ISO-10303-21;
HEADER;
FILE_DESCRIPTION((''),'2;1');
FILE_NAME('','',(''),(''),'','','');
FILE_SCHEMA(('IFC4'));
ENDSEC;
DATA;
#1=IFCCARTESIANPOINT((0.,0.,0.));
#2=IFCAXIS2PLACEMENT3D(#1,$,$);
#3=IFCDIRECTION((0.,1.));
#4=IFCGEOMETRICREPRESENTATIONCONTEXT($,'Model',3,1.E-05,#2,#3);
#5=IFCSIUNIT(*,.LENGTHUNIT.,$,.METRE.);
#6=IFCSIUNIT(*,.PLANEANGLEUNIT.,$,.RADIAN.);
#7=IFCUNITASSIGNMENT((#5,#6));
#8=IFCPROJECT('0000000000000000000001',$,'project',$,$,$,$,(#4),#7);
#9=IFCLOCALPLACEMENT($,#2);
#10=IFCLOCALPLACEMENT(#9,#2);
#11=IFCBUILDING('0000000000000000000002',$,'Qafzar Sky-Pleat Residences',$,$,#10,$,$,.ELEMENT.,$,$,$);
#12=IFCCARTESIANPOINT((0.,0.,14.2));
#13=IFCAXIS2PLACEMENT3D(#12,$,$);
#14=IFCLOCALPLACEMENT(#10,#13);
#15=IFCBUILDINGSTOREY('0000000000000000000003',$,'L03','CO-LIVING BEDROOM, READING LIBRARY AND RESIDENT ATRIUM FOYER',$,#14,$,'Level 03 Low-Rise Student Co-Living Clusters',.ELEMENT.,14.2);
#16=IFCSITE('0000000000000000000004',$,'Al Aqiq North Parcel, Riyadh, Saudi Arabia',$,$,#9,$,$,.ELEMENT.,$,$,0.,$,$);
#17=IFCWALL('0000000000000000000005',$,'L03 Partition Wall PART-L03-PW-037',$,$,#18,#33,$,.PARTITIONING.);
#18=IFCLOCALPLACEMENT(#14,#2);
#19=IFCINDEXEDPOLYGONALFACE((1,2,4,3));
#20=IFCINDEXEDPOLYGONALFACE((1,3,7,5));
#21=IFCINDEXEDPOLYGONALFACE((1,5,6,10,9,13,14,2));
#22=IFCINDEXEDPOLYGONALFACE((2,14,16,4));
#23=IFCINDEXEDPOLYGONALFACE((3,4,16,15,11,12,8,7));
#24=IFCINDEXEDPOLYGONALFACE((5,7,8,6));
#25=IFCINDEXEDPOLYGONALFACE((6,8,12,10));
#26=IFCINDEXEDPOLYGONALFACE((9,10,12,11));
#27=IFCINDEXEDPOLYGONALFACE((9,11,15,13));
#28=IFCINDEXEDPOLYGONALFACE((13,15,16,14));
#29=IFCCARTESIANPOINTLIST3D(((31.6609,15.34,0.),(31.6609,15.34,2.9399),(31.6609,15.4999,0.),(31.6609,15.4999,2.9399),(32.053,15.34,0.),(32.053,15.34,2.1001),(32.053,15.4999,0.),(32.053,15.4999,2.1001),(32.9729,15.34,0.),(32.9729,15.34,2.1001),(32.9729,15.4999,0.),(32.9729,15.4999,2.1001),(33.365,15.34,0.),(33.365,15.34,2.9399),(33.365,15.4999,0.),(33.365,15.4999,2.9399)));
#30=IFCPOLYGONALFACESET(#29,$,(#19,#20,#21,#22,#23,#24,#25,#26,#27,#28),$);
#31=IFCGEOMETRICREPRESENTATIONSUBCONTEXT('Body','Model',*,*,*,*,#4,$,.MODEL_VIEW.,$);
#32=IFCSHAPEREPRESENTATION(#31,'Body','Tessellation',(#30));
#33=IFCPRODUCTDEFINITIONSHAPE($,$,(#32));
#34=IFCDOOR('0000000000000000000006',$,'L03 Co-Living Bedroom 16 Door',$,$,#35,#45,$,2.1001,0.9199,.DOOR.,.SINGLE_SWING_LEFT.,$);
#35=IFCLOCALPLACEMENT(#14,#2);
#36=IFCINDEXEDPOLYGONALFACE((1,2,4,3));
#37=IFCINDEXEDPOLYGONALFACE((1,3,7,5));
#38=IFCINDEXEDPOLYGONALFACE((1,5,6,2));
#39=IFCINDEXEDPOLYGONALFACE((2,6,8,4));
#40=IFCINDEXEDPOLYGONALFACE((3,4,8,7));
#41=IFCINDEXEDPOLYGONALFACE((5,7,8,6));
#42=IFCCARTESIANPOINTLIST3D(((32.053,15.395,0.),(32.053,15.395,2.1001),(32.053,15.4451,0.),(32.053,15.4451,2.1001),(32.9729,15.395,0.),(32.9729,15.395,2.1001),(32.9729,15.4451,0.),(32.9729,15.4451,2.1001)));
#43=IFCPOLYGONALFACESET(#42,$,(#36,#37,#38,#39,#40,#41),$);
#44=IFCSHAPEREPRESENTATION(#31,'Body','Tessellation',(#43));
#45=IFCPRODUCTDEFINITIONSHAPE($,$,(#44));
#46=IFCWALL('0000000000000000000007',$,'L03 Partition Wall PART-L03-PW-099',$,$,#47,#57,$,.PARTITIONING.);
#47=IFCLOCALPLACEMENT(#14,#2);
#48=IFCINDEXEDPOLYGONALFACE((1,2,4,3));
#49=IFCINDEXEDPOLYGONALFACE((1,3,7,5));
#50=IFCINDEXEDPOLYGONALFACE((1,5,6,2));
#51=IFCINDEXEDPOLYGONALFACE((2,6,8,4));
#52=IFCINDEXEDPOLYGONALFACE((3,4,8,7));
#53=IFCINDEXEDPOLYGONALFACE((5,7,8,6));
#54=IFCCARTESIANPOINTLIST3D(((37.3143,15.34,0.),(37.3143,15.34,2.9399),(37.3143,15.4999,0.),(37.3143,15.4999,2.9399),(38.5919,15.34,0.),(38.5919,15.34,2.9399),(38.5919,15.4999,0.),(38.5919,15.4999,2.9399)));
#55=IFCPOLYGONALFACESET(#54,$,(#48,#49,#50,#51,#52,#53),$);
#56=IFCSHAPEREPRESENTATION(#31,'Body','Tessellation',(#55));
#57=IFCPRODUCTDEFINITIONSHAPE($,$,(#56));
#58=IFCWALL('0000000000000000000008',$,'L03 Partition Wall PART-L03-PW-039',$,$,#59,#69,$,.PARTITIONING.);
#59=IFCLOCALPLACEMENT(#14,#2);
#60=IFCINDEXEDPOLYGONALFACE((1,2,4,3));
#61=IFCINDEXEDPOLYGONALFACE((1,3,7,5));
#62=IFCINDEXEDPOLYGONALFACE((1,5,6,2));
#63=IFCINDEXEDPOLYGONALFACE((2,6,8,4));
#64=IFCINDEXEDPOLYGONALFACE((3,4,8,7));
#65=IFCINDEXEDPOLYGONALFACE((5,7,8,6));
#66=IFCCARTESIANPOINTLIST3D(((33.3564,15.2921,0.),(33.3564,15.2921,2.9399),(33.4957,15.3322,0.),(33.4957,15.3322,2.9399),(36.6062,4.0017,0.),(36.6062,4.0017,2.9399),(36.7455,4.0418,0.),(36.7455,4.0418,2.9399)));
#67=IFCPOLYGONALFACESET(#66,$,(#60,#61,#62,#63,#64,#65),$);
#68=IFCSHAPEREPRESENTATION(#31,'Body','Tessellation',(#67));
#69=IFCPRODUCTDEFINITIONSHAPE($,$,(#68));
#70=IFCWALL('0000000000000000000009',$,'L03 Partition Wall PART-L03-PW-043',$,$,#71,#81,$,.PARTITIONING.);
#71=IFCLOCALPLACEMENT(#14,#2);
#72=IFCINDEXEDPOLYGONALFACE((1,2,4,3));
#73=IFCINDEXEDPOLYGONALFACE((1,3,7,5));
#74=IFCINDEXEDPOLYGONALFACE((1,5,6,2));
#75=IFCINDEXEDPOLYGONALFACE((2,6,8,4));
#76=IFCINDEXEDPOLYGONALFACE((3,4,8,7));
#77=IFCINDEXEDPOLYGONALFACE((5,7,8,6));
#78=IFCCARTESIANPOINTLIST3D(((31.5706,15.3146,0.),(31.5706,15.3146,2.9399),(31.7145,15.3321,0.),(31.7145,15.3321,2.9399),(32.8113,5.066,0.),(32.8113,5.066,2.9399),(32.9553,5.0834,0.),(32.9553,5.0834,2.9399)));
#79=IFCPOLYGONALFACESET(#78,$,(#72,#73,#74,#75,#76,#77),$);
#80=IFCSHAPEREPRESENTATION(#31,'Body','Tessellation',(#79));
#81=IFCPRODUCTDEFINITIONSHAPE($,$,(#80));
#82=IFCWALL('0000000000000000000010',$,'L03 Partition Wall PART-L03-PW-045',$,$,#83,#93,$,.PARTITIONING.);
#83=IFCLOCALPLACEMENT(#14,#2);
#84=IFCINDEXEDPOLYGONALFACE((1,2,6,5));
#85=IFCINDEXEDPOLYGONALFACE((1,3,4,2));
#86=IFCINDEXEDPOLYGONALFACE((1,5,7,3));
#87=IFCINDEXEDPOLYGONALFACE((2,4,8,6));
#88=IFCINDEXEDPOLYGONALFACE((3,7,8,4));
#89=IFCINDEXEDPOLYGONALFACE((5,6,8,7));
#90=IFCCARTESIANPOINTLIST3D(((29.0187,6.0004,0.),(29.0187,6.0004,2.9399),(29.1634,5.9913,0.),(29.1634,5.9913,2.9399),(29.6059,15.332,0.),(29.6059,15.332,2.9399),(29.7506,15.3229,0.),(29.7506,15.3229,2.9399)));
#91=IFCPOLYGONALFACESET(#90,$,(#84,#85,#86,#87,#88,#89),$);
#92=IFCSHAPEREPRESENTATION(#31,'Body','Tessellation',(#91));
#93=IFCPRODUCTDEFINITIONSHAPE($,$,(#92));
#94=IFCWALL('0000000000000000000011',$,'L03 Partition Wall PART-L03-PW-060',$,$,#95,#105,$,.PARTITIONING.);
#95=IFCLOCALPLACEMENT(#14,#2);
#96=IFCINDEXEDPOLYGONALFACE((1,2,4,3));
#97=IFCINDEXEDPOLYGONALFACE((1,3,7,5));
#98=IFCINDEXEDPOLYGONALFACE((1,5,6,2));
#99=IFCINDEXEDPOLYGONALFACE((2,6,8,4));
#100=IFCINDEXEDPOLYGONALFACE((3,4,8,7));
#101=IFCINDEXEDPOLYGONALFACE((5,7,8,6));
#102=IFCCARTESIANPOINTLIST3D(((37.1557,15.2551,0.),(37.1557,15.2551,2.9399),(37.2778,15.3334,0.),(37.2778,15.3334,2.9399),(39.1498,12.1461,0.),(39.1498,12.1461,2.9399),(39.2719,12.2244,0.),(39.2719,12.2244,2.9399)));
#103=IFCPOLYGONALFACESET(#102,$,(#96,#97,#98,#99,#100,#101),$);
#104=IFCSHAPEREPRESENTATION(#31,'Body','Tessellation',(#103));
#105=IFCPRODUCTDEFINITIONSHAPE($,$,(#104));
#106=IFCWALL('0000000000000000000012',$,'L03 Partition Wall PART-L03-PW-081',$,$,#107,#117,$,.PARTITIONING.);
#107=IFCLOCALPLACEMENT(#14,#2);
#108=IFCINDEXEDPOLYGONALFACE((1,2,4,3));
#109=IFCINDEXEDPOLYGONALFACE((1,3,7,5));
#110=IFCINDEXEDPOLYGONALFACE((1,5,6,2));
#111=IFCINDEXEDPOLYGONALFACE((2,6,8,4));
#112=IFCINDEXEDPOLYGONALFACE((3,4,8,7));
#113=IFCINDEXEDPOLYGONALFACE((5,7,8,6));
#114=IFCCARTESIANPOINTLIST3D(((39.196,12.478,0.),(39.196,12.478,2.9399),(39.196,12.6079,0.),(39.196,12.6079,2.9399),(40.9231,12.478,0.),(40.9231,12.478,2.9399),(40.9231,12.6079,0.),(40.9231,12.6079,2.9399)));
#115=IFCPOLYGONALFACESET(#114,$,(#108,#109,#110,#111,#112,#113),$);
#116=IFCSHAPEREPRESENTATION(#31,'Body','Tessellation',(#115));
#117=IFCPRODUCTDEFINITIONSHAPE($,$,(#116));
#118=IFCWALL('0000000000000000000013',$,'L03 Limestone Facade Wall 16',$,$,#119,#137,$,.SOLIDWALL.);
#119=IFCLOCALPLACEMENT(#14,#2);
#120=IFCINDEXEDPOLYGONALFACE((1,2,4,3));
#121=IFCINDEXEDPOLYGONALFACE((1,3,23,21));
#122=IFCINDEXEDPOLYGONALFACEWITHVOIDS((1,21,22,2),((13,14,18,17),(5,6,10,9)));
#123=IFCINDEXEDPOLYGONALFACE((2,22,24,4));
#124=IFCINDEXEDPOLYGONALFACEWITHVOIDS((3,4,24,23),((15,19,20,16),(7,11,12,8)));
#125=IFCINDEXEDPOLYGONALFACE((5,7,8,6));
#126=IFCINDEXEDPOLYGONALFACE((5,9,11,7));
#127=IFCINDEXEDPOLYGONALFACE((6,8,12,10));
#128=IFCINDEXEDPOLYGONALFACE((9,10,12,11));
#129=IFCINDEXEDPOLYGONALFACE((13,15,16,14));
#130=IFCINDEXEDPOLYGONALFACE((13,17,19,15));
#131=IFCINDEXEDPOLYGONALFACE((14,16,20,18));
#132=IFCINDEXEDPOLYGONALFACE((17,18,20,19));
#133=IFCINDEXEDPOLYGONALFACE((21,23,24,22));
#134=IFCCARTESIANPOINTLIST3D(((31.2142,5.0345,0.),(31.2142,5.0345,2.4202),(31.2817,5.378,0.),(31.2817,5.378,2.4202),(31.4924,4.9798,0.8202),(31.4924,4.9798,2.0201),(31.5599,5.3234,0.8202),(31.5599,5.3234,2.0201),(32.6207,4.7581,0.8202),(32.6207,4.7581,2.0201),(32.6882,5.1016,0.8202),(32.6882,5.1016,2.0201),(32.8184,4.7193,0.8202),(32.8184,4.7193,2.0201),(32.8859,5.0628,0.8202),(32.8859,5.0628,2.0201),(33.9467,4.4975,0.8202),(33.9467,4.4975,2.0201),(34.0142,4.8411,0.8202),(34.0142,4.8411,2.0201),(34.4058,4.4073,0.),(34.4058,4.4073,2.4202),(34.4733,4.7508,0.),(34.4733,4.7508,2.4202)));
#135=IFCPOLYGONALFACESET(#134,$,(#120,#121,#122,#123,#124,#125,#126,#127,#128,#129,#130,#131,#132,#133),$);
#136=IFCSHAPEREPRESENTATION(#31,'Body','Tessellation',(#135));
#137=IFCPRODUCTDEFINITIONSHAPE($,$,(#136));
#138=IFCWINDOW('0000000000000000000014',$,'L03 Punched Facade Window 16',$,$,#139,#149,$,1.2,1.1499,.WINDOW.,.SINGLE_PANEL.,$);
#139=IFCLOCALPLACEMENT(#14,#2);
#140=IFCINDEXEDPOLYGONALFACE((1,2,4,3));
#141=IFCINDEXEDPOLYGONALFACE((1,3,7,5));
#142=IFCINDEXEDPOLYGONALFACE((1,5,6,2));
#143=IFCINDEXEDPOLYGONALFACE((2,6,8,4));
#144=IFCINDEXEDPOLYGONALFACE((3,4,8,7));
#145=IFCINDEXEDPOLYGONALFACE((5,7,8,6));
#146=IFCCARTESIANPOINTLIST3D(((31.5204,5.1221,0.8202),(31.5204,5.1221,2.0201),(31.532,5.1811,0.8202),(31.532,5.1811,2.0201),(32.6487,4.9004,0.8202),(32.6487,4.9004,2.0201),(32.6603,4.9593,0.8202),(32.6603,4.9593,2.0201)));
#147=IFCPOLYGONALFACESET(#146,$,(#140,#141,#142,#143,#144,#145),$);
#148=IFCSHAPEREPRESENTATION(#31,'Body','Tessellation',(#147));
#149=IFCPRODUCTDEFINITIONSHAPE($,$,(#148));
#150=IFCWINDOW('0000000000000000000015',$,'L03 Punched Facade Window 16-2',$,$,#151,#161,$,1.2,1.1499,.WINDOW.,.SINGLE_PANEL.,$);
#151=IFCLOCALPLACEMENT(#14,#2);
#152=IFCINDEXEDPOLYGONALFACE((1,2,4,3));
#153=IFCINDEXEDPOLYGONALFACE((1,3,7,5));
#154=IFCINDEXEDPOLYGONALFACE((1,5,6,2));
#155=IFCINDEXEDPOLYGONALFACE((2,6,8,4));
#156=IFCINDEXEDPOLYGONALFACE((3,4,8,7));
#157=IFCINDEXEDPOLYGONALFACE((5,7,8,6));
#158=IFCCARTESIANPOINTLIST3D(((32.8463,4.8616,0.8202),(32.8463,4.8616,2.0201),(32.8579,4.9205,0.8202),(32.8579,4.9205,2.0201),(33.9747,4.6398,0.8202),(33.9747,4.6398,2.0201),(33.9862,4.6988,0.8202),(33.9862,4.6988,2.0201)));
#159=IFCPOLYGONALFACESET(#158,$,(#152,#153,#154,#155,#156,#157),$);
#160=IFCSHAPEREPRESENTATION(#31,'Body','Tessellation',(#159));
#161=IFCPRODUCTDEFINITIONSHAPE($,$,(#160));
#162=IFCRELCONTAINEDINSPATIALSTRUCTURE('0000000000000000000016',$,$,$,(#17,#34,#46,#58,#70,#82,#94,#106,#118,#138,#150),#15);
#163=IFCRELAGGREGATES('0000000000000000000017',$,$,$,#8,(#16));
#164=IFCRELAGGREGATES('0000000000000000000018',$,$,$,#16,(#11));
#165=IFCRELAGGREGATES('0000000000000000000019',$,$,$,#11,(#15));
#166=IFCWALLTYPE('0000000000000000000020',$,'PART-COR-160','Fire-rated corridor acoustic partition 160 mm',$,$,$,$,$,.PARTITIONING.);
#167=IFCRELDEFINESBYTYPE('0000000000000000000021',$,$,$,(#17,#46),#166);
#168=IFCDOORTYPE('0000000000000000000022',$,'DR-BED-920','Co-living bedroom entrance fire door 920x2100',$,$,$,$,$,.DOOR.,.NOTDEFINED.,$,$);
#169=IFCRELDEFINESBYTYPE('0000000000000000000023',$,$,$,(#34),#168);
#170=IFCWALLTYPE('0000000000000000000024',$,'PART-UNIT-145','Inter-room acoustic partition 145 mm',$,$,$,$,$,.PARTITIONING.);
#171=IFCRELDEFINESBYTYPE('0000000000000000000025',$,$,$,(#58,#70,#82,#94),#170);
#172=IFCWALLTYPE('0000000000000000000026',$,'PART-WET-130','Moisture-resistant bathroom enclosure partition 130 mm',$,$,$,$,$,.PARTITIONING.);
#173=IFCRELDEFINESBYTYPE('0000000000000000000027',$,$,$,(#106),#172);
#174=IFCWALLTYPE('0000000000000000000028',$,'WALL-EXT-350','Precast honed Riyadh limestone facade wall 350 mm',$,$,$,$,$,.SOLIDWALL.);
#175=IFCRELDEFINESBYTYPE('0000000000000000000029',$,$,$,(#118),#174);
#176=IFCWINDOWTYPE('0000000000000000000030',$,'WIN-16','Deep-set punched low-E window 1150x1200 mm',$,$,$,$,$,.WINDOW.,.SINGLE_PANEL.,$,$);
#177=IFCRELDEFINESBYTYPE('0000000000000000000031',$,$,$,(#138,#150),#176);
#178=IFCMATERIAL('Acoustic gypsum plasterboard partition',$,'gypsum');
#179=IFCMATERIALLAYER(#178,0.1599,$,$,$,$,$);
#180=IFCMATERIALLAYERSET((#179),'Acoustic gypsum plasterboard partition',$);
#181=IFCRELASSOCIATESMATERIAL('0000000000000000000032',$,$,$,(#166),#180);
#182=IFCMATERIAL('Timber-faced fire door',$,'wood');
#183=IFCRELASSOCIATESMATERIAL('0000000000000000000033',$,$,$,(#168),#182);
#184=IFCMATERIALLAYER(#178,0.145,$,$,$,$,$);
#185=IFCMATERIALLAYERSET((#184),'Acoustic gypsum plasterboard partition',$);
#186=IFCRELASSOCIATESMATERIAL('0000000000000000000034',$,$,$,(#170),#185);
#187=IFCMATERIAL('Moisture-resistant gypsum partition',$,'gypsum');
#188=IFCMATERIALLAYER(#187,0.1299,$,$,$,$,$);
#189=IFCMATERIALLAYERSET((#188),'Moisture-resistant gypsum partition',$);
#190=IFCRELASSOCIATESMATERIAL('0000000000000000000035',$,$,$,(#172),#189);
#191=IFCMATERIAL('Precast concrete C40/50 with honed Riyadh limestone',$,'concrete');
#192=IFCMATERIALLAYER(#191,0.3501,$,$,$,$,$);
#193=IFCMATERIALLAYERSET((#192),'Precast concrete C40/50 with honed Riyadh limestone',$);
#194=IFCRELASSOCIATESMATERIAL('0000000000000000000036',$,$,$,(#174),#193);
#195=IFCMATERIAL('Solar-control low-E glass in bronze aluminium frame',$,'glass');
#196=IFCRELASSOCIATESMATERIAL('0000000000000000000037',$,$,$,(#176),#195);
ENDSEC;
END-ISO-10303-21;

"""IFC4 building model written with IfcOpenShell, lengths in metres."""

from ifc_helpers import new_model, si_unit, direction, frame, frame_2d, origin, place, context, subcontext, project, spatial, rectangle, extrude, source, transform, mapped, material, layer, layer_set, type_object, element, fill, save


model = new_model("IFC4")

# Units and contexts
model_context = context("Model", 3, precision=1e-05, world=origin(), true_north=direction((0.0, 1.0)))
body_context = subcontext(model_context, "Body", "Model", "MODEL_VIEW")
ifc_project = project(units=[si_unit("LENGTHUNIT", "METRE"), si_unit("PLANEANGLEUNIT", "RADIAN")], contexts=[model_context])

# Site, building, storey
site_placement = place(None, origin())
site = spatial("IfcSite", under=ifc_project, at=site_placement, Name="Al Aqiq North Parcel, Riyadh, Saudi Arabia", CompositionType="ELEMENT", RefElevation=0.0)
building_placement = place(site_placement, origin())
building = spatial("IfcBuilding", under=site, at=building_placement, Name="Qafzar Sky-Pleat Residences", CompositionType="ELEMENT")
storey_placement = place(building_placement, frame((0.0, 0.0, 14.2)))
storey = spatial("IfcBuildingStorey", under=building, at=storey_placement, Name="L03", Description="CO-LIVING BEDROOM, READING LIBRARY AND RESIDENT ATRIUM FOYER", LongName="Level 03 Low-Rise Student Co-Living Clusters", CompositionType="ELEMENT", Elevation=14.2)

# Wall, opening, door
ifc_material_1 = material(Name="Acoustic gypsum plasterboard partition", Category="gypsum")
ifc_layer_1 = layer(ifc_material_1, 0.1599)
ifc_layer_set_1 = layer_set([ifc_layer_1], Name="Acoustic gypsum plasterboard partition")
wall_type_1 = type_object("IfcWallType", Name="PART-COR-160", Description="Fire-rated corridor acoustic partition 160 mm", PredefinedType="PARTITIONING", material=ifc_layer_set_1)
ifc_material_2 = material(Name="Timber-faced fire door", Category="wood")
door_type_1 = type_object("IfcDoorType", Name="DR-BED-920", Description="Co-living bedroom entrance fire door 920x2100", OperationType="NOTDEFINED", PredefinedType="DOOR", material=ifc_material_2)
shared_shape_1 = source(origin(), body_context, "Body", "SweptSolid", [
    extrude(rectangle(XDim=0.9199, YDim=2.1001, at=frame_2d((0.46, 1.05))), frame((0.0, 0.0249, 0.0), z_axis=(0.0, -1.0, 0.0), x_axis=(1.0, 0.0, 0.0)), (0.0, 0.0, 1.0), 0.05),
])
wall_1_placement = place(storey_placement, frame((33.365, 15.4199, 0.0), z_axis=(0.0, 0.0, 1.0), x_axis=(-1.0, 0.0, 0.0)))
wall_1 = element("IfcWall", 1, at=wall_1_placement, inside=storey, type_object=wall_type_1, Name="L03 Partition Wall PART-L03-PW-037", PredefinedType="PARTITIONING", context=body_context, shape_type="SweptSolid", body=[
    extrude(rectangle(XDim=1.7041, YDim=0.1599, at=frame_2d((0.8521, 0.0))), origin(), (0.0, 0.0, 1.0), 2.9399),
])
opening_1_placement = place(wall_1_placement, frame((0.3921, 0.0, 0.0)))
opening_1 = element("IfcOpeningElement", 2, at=opening_1_placement, cuts=wall_1, PredefinedType="OPENING", context=body_context, shape_type="SweptSolid", body=[
    extrude(rectangle(XDim=0.9199, YDim=2.1001, at=frame_2d((0.46, 1.05))), frame((0.0, 0.0898, 0.0), z_axis=(0.0, -1.0, 0.0), x_axis=(1.0, 0.0, 0.0)), (0.0, 0.0, 1.0), 0.1799),
])
door_1_placement = place(opening_1_placement, origin())
door_1 = element("IfcDoor", 3, at=door_1_placement, inside=storey, type_object=door_type_1, Name="L03 Co-Living Bedroom 16 Door", OperationType="SINGLE_SWING_LEFT", OverallHeight=2.1001, OverallWidth=0.9199, PredefinedType="DOOR", context=body_context, shape_type="MappedRepresentation", body=[
    mapped(shared_shape_1, transform((0.0, 0.0, 0.0), x_axis=(1.0, 0.0, 0.0), y_axis=(0.0, 1.0, 0.0), z_axis=(0.0, 0.0, 1.0), scale=1.0)),
])
fill(opening_1, door_1)

# Walls
wall_2_placement = place(storey_placement, frame((37.3145, 15.4199, 0.0), z_axis=(0.0, 0.0, 1.0), x_axis=(1.0, 0.0, 0.0)))
element("IfcWall", 4, at=wall_2_placement, inside=storey, type_object=wall_type_1, Name="L03 Partition Wall PART-L03-PW-099", PredefinedType="PARTITIONING", context=body_context, shape_type="SweptSolid", body=[
    extrude(rectangle(XDim=1.2776, YDim=0.1599, at=frame_2d((0.6387, 0.0))), origin(), (0.0, 0.0, 1.0), 2.9399),
])
ifc_layer_2 = layer(ifc_material_1, 0.145)
ifc_layer_set_2 = layer_set([ifc_layer_2], Name="Acoustic gypsum plasterboard partition")
wall_type_2 = type_object("IfcWallType", Name="PART-UNIT-145", Description="Inter-room acoustic partition 145 mm", PredefinedType="PARTITIONING", material=ifc_layer_set_2)
wall_3_placement = place(storey_placement, frame((33.426, 15.3123, 0.0), z_axis=(0.0, 0.0, 1.0), x_axis=(0.276606, -0.960983, 0.0)))
element("IfcWall", 5, at=wall_3_placement, inside=storey, type_object=wall_type_2, Name="L03 Partition Wall PART-L03-PW-039", PredefinedType="PARTITIONING", context=body_context, shape_type="SweptSolid", body=[
    extrude(rectangle(XDim=11.7488, YDim=0.145, at=frame_2d((5.8745, 0.0))), origin(), (0.0, 0.0, 1.0), 2.9399),
])
wall_4_placement = place(storey_placement, frame((31.6426, 15.3232, 0.0), z_axis=(0.0, 0.0, 1.0), x_axis=(0.120186, -0.992751, 0.0)))
element("IfcWall", 6, at=wall_4_placement, inside=storey, type_object=wall_type_2, Name="L03 Partition Wall PART-L03-PW-043", PredefinedType="PARTITIONING", context=body_context, shape_type="SweptSolid", body=[
    extrude(rectangle(XDim=10.3235, YDim=0.145, at=frame_2d((5.1616, 0.0))), origin(), (0.0, 0.0, 1.0), 2.9399),
])
wall_5_placement = place(storey_placement, frame((29.0911, 5.9958, 0.0), z_axis=(0.0, 0.0, 1.0), x_axis=(0.062798, 0.998026, 0.0)))
element("IfcWall", 7, at=wall_5_placement, inside=storey, type_object=wall_type_2, Name="L03 Partition Wall PART-L03-PW-045", PredefinedType="PARTITIONING", context=body_context, shape_type="SweptSolid", body=[
    extrude(rectangle(XDim=9.3501, YDim=0.145, at=frame_2d((4.675, 0.0))), origin(), (0.0, 0.0, 1.0), 2.9399),
])
wall_6_placement = place(storey_placement, frame((37.2168, 15.2942, 0.0), z_axis=(0.0, 0.0, 1.0), x_axis=(0.539879, -0.841743, 0.0)))
element("IfcWall", 8, at=wall_6_placement, inside=storey, type_object=wall_type_2, Name="L03 Partition Wall PART-L03-PW-060", PredefinedType="PARTITIONING", context=body_context, shape_type="SweptSolid", body=[
    extrude(rectangle(XDim=3.6936, YDim=0.145, at=frame_2d((1.8467, 0.0))), origin(), (0.0, 0.0, 1.0), 2.9399),
])
ifc_material_3 = material(Name="Moisture-resistant gypsum partition", Category="gypsum")
ifc_layer_3 = layer(ifc_material_3, 0.1299)
ifc_layer_set_3 = layer_set([ifc_layer_3], Name="Moisture-resistant gypsum partition")
wall_type_3 = type_object("IfcWallType", Name="PART-WET-130", Description="Moisture-resistant bathroom enclosure partition 130 mm", PredefinedType="PARTITIONING", material=ifc_layer_set_3)
wall_7_placement = place(storey_placement, frame((39.196, 12.543, 0.0), z_axis=(0.0, 0.0, 1.0), x_axis=(1.0, 0.0, 0.0)))
element("IfcWall", 9, at=wall_7_placement, inside=storey, type_object=wall_type_3, Name="L03 Partition Wall PART-L03-PW-081", PredefinedType="PARTITIONING", context=body_context, shape_type="SweptSolid", body=[
    extrude(rectangle(XDim=1.7271, YDim=0.1299, at=frame_2d((0.8635, 0.0))), origin(), (0.0, 0.0, 1.0), 2.9399),
])

# Wall, openings, windows
ifc_material_4 = material(Name="Precast concrete C40/50 with honed Riyadh limestone", Category="concrete")
ifc_layer_4 = layer(ifc_material_4, 0.3501)
ifc_layer_set_4 = layer_set([ifc_layer_4], Name="Precast concrete C40/50 with honed Riyadh limestone")
wall_type_4 = type_object("IfcWallType", Name="WALL-EXT-350", Description="Precast honed Riyadh limestone facade wall 350 mm", PredefinedType="SOLIDWALL", material=ifc_layer_set_4)
wall_8_placement = place(storey_placement, frame((31.2478, 5.2063, 0.0), z_axis=(0.0, 0.0, 1.0), x_axis=(0.981233, -0.192824, 0.0)))
wall_8 = element("IfcWall", 10, at=wall_8_placement, inside=storey, type_object=wall_type_4, Name="L03 Limestone Facade Wall 16", PredefinedType="SOLIDWALL", context=body_context, shape_type="SweptSolid", body=[
    extrude(rectangle(XDim=3.2527, YDim=0.3501, at=frame_2d((1.6265, 0.0))), origin(), (0.0, 0.0, 1.0), 2.4202),
])
opening_2_placement = place(wall_8_placement, frame((0.2837, 0.0, 0.8201)))
opening_2 = element("IfcOpeningElement", 11, at=opening_2_placement, cuts=wall_8, PredefinedType="OPENING", context=body_context, shape_type="SweptSolid", body=[
    extrude(rectangle(XDim=1.1499, YDim=1.2, at=frame_2d((0.575, 0.6001))), frame((0.0, 0.1851, 0.0), z_axis=(0.0, -1.0, 0.0), x_axis=(1.0, 0.0, 0.0)), (0.0, 0.0, 1.0), 0.3701),
])
opening_3_placement = place(wall_8_placement, frame((1.635, 0.0, 0.8201)))
opening_3 = element("IfcOpeningElement", 12, at=opening_3_placement, cuts=wall_8, PredefinedType="OPENING", context=body_context, shape_type="SweptSolid", body=[
    extrude(rectangle(XDim=1.1499, YDim=1.2, at=frame_2d((0.575, 0.6001))), frame((0.0, 0.1851, 0.0), z_axis=(0.0, -1.0, 0.0), x_axis=(1.0, 0.0, 0.0)), (0.0, 0.0, 1.0), 0.3701),
])
ifc_material_5 = material(Name="Solar-control low-E glass in bronze aluminium frame", Category="glass")
window_type_1 = type_object("IfcWindowType", Name="WIN-16", Description="Deep-set punched low-E window 1150x1200 mm", PartitioningType="SINGLE_PANEL", PredefinedType="WINDOW", material=ifc_material_5)
shared_shape_2 = source(origin(), body_context, "Body", "SweptSolid", [
    extrude(rectangle(XDim=1.1499, YDim=1.2, at=frame_2d((0.575, 0.6001))), frame((0.0, 0.03, 0.0), z_axis=(0.0, -1.0, 0.0), x_axis=(1.0, 0.0, 0.0)), (0.0, 0.0, 1.0), 0.0601),
])
window_1_placement = place(opening_2_placement, origin())
window_1 = element("IfcWindow", 13, at=window_1_placement, inside=storey, type_object=window_type_1, Name="L03 Punched Facade Window 16", OverallHeight=1.2, OverallWidth=1.1499, PartitioningType="SINGLE_PANEL", PredefinedType="WINDOW", context=body_context, shape_type="MappedRepresentation", body=[
    mapped(shared_shape_2, transform((0.0, 0.0, 0.0), x_axis=(1.0, 0.0, 0.0), y_axis=(0.0, 1.0, 0.0), z_axis=(0.0, 0.0, 1.0), scale=1.0)),
])
fill(opening_2, window_1)
window_2_placement = place(opening_3_placement, origin())
window_2 = element("IfcWindow", 14, at=window_2_placement, inside=storey, type_object=window_type_1, Name="L03 Punched Facade Window 16-2", OverallHeight=1.2, OverallWidth=1.1499, PartitioningType="SINGLE_PANEL", PredefinedType="WINDOW", context=body_context, shape_type="MappedRepresentation", body=[
    mapped(shared_shape_2, transform((0.0, 0.0, 0.0), x_axis=(1.0, 0.0, 0.0), y_axis=(0.0, 1.0, 0.0), z_axis=(0.0, 0.0, 1.0), scale=1.0)),
])
fill(opening_3, window_2)

save(model, "model.ifc")
